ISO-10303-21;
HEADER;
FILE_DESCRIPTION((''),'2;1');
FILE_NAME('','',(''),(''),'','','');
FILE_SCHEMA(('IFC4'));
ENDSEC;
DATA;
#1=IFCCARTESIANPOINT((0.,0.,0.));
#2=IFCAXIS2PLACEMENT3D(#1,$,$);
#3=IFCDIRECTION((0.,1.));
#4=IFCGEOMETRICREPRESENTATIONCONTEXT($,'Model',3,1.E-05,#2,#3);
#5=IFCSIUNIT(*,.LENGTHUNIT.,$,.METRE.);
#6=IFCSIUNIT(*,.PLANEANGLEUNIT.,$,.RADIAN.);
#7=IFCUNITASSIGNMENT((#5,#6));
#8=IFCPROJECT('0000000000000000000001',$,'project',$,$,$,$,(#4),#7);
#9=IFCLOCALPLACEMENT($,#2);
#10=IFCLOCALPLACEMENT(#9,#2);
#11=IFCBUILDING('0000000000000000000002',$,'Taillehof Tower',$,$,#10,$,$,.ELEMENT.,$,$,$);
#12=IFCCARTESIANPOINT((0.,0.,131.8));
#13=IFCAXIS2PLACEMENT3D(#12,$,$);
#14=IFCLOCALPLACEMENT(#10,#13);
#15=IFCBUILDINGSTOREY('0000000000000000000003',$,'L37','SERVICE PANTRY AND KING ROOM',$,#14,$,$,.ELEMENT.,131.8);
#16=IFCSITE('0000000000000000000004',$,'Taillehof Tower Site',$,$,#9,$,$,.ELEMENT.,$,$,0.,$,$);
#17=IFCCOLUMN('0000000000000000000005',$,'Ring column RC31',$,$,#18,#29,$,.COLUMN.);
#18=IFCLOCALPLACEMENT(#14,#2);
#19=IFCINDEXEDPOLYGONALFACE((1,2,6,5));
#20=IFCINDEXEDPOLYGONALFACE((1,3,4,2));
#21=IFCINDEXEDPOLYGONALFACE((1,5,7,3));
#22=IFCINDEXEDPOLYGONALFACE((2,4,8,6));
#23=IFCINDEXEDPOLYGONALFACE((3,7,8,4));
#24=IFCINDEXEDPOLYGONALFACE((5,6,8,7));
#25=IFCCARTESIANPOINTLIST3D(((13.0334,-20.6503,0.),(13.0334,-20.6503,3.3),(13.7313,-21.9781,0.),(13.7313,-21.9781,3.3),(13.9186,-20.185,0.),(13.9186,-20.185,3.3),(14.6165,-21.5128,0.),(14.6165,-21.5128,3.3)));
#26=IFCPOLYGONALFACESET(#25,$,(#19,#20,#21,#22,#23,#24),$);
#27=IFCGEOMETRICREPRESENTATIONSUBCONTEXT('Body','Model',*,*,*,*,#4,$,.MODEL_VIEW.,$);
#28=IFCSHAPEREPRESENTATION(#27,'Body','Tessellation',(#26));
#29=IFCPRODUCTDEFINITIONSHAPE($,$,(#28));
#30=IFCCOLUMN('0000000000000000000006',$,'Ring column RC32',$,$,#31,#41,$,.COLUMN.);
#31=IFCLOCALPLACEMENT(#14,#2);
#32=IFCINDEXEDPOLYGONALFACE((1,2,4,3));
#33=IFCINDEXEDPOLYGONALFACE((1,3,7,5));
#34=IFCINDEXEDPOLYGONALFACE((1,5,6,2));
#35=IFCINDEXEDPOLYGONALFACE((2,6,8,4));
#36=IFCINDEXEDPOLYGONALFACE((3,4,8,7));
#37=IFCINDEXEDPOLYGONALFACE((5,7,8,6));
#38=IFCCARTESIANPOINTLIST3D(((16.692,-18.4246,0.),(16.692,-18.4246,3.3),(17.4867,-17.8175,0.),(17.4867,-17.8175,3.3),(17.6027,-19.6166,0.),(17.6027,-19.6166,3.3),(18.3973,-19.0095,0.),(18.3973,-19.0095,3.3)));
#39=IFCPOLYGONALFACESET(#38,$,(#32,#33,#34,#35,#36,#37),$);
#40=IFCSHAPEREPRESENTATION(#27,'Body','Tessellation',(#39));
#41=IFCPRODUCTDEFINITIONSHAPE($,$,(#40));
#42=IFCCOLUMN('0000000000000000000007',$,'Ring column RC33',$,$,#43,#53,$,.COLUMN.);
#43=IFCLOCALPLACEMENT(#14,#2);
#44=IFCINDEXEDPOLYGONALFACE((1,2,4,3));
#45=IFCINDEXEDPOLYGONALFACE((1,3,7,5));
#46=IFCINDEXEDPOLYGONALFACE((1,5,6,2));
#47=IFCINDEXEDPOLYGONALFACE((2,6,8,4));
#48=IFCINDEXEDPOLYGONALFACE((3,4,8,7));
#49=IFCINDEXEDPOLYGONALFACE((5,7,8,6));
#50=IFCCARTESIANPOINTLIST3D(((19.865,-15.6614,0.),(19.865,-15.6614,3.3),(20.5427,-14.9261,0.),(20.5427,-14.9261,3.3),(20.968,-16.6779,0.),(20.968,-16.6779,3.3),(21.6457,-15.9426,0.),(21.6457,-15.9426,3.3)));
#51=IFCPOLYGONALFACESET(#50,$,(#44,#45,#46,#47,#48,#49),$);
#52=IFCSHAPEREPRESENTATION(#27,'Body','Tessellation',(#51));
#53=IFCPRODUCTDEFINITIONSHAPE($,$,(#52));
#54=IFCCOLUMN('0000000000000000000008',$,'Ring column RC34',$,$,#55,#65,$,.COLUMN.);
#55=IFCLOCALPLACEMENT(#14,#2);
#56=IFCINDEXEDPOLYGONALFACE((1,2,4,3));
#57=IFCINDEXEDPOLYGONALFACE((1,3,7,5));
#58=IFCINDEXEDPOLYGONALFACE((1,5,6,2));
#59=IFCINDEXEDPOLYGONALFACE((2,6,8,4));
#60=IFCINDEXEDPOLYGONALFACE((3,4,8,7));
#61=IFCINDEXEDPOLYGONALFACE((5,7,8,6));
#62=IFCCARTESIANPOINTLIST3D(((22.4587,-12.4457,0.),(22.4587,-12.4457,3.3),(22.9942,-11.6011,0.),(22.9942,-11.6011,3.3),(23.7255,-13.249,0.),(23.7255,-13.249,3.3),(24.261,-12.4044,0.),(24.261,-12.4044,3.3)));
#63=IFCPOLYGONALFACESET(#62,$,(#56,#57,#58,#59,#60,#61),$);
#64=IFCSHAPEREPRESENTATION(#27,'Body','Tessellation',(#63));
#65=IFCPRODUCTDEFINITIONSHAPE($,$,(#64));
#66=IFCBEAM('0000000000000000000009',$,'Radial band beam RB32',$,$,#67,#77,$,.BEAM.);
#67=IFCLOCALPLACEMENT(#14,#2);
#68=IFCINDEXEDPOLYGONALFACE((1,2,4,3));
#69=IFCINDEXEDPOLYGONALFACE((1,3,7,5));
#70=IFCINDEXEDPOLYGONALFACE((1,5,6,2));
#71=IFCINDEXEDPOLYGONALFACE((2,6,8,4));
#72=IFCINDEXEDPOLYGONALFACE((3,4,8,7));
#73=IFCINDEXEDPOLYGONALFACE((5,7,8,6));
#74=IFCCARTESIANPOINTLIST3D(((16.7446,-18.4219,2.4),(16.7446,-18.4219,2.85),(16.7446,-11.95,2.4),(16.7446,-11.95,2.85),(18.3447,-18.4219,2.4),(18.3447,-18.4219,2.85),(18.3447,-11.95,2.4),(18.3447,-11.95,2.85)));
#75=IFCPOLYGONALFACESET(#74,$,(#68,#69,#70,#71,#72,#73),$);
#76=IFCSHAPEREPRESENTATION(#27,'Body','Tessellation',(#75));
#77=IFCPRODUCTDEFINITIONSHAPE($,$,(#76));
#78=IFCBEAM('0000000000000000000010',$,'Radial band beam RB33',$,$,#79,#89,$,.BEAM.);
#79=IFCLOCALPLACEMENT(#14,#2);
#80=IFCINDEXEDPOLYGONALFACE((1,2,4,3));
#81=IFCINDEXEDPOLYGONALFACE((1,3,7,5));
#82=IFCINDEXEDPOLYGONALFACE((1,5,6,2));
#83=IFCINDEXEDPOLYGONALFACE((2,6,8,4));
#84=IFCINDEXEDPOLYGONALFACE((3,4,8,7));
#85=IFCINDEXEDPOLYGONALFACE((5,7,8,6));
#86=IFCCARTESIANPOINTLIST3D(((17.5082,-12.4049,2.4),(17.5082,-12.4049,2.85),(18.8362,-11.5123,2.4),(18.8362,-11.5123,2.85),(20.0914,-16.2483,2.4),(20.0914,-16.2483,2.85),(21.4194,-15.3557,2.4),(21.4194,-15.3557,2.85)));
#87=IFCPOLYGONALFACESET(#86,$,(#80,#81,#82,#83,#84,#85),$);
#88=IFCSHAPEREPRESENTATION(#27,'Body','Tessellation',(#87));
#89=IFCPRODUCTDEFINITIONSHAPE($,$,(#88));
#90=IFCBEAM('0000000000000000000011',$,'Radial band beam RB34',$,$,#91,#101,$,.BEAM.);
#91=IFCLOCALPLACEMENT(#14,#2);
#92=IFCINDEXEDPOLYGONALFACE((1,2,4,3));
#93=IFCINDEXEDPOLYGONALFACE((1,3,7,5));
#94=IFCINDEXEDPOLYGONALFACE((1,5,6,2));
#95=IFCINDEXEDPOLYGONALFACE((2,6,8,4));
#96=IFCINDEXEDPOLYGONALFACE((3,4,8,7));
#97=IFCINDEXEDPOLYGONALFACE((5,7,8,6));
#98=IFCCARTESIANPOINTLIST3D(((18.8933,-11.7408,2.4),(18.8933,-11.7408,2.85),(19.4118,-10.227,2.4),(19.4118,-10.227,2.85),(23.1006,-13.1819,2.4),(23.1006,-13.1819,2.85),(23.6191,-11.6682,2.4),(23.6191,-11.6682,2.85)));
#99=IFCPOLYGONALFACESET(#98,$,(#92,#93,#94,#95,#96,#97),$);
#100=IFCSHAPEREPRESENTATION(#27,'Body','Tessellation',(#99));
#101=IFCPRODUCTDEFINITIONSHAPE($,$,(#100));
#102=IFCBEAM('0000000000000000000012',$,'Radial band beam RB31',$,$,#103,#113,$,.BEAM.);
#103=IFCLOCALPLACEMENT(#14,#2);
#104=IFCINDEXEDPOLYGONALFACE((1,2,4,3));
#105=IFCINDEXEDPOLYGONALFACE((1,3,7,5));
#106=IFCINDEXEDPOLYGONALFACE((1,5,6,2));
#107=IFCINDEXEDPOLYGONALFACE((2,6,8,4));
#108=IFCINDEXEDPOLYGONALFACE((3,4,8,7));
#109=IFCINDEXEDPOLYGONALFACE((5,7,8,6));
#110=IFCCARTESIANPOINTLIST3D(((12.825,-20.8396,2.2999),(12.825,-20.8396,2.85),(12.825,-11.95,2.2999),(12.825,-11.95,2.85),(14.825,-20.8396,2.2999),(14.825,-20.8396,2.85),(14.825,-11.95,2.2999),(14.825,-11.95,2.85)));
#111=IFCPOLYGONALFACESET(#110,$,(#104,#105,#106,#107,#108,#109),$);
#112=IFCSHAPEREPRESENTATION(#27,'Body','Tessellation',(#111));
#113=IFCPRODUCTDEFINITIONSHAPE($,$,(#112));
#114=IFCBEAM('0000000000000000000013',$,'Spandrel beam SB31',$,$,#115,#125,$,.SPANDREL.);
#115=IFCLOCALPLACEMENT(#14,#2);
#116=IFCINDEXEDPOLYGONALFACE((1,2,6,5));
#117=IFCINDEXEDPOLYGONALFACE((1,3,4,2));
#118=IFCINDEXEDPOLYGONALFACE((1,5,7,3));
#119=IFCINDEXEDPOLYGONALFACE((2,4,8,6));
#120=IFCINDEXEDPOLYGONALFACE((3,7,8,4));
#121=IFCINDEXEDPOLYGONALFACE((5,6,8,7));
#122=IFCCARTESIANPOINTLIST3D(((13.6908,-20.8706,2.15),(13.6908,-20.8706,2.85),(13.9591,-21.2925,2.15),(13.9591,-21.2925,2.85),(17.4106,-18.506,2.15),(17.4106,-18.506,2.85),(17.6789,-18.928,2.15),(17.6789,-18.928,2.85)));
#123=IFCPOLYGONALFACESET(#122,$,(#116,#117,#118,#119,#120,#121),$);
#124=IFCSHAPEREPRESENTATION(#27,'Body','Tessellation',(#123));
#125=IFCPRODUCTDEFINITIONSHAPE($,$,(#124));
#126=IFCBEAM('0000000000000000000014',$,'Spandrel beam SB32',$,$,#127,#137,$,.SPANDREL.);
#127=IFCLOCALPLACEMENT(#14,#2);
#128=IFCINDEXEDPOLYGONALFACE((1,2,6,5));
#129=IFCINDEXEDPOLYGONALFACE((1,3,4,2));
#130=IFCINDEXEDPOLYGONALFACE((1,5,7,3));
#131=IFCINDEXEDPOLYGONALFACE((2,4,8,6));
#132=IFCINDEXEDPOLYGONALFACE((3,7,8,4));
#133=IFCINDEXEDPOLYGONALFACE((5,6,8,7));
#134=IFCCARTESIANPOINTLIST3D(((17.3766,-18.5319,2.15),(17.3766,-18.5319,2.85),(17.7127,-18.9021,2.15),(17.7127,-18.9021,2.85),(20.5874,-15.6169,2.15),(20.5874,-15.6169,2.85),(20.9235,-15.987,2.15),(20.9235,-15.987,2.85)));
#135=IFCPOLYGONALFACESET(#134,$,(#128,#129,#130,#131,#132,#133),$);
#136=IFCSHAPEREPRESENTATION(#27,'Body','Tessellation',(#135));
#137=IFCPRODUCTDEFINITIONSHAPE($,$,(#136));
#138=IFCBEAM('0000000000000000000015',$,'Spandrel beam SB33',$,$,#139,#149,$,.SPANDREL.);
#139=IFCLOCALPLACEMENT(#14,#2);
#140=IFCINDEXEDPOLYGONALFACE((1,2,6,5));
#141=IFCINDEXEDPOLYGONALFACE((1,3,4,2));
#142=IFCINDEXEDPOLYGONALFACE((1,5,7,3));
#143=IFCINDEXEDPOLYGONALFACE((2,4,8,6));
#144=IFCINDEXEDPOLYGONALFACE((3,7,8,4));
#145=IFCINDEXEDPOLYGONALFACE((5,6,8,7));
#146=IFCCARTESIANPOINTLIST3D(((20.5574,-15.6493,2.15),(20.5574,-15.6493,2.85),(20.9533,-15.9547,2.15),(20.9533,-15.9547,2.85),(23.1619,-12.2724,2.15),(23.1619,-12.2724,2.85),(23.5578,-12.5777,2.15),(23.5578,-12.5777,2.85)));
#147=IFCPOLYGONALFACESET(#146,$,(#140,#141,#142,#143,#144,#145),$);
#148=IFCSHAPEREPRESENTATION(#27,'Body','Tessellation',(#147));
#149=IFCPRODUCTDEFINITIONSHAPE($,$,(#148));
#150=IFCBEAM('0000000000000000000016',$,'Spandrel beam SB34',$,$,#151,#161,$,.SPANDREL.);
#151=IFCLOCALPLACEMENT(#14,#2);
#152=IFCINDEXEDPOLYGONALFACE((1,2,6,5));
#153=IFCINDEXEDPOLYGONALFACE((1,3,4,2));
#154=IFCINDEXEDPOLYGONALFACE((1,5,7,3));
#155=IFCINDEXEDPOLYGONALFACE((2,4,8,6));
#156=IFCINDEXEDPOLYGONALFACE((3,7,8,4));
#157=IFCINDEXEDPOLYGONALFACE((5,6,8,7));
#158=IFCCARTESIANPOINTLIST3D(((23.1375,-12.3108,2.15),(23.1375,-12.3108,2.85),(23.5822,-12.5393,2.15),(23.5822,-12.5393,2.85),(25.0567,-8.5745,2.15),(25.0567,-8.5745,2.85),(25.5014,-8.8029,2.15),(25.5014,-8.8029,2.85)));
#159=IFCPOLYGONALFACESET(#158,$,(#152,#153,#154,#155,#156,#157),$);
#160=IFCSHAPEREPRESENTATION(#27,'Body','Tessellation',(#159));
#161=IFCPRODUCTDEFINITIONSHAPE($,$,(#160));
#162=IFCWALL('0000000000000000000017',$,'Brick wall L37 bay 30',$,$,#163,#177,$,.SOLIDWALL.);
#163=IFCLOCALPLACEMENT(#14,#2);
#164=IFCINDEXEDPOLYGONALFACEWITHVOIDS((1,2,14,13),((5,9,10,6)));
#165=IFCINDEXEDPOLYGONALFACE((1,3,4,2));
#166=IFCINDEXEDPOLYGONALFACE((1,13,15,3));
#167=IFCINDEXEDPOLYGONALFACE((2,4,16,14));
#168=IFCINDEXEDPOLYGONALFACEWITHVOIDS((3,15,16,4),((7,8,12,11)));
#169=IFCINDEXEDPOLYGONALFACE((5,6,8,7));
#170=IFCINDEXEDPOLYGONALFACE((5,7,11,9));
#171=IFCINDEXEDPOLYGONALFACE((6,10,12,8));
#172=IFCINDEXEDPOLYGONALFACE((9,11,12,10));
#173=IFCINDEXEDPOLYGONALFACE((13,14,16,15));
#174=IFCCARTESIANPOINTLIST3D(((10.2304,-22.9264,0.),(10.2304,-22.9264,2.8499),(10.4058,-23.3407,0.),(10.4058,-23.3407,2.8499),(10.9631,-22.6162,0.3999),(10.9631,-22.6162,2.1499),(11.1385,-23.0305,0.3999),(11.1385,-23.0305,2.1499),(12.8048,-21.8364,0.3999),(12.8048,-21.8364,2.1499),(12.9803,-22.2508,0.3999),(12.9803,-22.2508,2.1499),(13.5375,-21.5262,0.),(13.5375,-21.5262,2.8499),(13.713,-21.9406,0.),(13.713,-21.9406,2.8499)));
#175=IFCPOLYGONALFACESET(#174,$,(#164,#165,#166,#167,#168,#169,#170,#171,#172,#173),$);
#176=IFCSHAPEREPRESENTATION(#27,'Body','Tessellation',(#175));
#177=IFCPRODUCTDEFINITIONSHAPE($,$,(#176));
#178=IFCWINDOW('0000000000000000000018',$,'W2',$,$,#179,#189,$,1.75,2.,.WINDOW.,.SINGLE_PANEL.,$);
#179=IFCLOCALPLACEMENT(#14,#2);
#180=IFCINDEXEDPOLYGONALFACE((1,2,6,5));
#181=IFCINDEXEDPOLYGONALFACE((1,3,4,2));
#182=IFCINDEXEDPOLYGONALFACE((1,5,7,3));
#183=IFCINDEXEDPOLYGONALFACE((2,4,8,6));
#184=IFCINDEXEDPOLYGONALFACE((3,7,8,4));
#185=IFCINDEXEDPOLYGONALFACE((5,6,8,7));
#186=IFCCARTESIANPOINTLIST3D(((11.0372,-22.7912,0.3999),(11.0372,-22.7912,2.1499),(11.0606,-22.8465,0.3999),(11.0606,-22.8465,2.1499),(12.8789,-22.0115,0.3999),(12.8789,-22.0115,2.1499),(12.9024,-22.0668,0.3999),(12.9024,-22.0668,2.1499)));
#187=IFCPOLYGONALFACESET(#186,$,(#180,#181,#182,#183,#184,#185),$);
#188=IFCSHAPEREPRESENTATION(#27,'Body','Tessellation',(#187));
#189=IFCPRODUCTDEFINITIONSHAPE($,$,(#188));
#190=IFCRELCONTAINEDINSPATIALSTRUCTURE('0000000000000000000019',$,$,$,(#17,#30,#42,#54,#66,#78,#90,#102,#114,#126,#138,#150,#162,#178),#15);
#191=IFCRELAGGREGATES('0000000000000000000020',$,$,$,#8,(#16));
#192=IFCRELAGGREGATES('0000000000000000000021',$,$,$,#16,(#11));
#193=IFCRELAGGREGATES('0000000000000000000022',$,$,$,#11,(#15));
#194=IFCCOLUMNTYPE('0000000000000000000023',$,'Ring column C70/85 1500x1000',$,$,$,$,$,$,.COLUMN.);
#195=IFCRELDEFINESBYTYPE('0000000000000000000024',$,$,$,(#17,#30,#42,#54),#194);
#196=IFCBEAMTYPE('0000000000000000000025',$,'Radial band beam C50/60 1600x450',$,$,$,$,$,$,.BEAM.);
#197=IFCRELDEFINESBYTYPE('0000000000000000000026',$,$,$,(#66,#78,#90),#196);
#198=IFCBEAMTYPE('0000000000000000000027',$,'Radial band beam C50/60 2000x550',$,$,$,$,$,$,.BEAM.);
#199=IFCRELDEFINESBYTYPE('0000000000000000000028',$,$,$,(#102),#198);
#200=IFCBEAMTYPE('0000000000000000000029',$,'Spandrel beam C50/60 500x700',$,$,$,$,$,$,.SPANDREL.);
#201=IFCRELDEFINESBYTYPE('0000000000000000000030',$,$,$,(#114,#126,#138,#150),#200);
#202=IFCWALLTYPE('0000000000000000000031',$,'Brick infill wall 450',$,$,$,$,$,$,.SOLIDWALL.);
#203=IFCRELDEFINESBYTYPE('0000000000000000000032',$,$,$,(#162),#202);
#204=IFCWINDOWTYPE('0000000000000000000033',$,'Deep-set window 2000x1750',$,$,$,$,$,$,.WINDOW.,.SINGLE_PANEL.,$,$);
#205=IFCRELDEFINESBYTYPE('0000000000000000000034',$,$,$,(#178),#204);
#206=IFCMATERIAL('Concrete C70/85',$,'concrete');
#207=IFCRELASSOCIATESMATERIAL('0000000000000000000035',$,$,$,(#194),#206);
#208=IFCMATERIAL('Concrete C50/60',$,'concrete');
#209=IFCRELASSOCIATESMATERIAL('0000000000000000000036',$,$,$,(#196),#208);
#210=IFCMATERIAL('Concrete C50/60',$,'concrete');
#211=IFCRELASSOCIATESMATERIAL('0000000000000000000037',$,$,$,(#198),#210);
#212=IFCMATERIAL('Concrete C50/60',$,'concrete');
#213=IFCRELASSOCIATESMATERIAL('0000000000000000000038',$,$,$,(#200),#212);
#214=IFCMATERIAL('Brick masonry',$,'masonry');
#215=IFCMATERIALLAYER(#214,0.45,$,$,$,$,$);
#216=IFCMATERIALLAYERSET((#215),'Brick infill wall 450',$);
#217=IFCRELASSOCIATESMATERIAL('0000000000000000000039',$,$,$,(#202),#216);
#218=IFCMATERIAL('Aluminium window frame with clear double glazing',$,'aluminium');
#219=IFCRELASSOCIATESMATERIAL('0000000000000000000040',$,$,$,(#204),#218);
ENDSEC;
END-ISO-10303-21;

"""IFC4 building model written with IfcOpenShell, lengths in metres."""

from ifc_helpers import new_model, si_unit, direction, frame, frame_2d, origin, origin_2d, place, context, subcontext, project, spatial, rectangle, extrude, material, layer, layer_set, material_profile, profile_set, type_object, element, fill, save


model = new_model("IFC4")

# Units and contexts
model_context = context("Model", 3, precision=1e-05, world=origin(), true_north=direction((0.0, 1.0)))
body_context = subcontext(model_context, "Body", "Model", "MODEL_VIEW")
ifc_project = project(units=[si_unit("LENGTHUNIT", "METRE"), si_unit("PLANEANGLEUNIT", "RADIAN")], contexts=[model_context])

# Site, building, storey
site_placement = place(None, origin())
site = spatial("IfcSite", under=ifc_project, at=site_placement, Name="Taillehof Tower Site", CompositionType="ELEMENT", RefElevation=0.0)
building_placement = place(site_placement, origin())
building = spatial("IfcBuilding", under=site, at=building_placement, Name="Taillehof Tower", CompositionType="ELEMENT")
storey_placement = place(building_placement, frame((0.0, 0.0, 131.8)))
storey = spatial("IfcBuildingStorey", under=building, at=storey_placement, Name="L37", Description="SERVICE PANTRY AND KING ROOM", CompositionType="ELEMENT", Elevation=131.8)

# Columns
ifc_material_1 = material(Name="Concrete C70/85", Category="concrete")
ifc_material_profile_1 = material_profile(ifc_material_1, rectangle(XDim=1.5, YDim=1.0, at=origin_2d()), Name="RC 1500x1000")
ifc_profile_set_1 = profile_set([ifc_material_profile_1], Name="Concrete C70/85")
column_type = type_object("IfcColumnType", Name="Ring column C70/85 1500x1000", PredefinedType="COLUMN", material=ifc_profile_set_1)
for number, where, z_axis, x_axis, name in (
    (1, (13.825, -21.0815, 0.0), (0.0, 0.0, 1.0), (0.465283, -0.885162, 0.0), "Ring column RC31"),
    (2, (17.5447, -18.717, 0.0), (0.0, 0.0, 1.0), (0.607074, -0.794645, 0.0), "Ring column RC32"),
    (3, (20.7554, -15.802, 0.0), (0.0, 0.0, 1.0), (0.735332, -0.677707, 0.0), "Ring column RC33"),
    (4, (23.3599, -12.425, 0.0), (0.0, 0.0, 1.0), (0.844511, -0.535537, 0.0), "Ring column RC34"),
):
    element("IfcColumn", number, at=place(storey_placement, frame(where, z_axis=z_axis, x_axis=x_axis)), inside=storey, type_object=column_type, Name=name, PredefinedType="COLUMN", context=body_context, shape_type="SweptSolid", body=[
        extrude(rectangle(XDim=1.5, YDim=1.0, at=origin_2d()), origin(), (0.0, 0.0, 1.0), 3.3),
    ])

# Beams
ifc_material_2 = material(Name="Concrete C50/60", Category="concrete")
ifc_material_profile_2 = material_profile(ifc_material_2, rectangle(XDim=1.6001, YDim=0.45, at=origin_2d()), Name="RC 1600x450")
ifc_profile_set_2 = profile_set([ifc_material_profile_2], Name="Concrete C50/60")
beam_type_1 = type_object("IfcBeamType", Name="Radial band beam C50/60 1600x450", PredefinedType="BEAM", material=ifc_profile_set_2)
beam_1_placement = place(storey_placement, frame((17.5447, -18.4219, 2.625), z_axis=(0.0, 1.0, 0.0), x_axis=(-1.0, 0.0, 0.0)))
element("IfcBeam", 5, at=beam_1_placement, inside=storey, type_object=beam_type_1, Name="Radial band beam RB32", PredefinedType="BEAM", context=body_context, shape_type="SweptSolid", body=[
    extrude(rectangle(XDim=1.6001, YDim=0.45, at=origin_2d()), origin(), (0.0, 0.0, 1.0), 6.4719),
])
beam_2_placement = place(storey_placement, frame((20.7554, -15.802, 2.625), z_axis=(-0.557823, 0.82996, 0.0), x_axis=(-0.82996, -0.557823, 0.0)))
element("IfcBeam", 6, at=beam_2_placement, inside=storey, type_object=beam_type_1, Name="Radial band beam RB33", PredefinedType="BEAM", context=body_context, shape_type="SweptSolid", body=[
    extrude(rectangle(XDim=1.6001, YDim=0.45, at=origin_2d()), origin(), (0.0, 0.0, 1.0), 4.6309),
])
beam_3_placement = place(storey_placement, frame((23.3599, -12.425, 2.625), z_axis=(-0.946038, 0.324056, 0.0), x_axis=(-0.324056, -0.946038, 0.0)))
element("IfcBeam", 7, at=beam_3_placement, inside=storey, type_object=beam_type_1, Name="Radial band beam RB34", PredefinedType="BEAM", context=body_context, shape_type="SweptSolid", body=[
    extrude(rectangle(XDim=1.6001, YDim=0.45, at=origin_2d()), origin(), (0.0, 0.0, 1.0), 4.4473),
])
ifc_material_3 = material(Name="Concrete C50/60", Category="concrete")
ifc_material_profile_3 = material_profile(ifc_material_3, rectangle(XDim=2.0, YDim=0.55, at=origin_2d()), Name="RC 2000x550")
ifc_profile_set_3 = profile_set([ifc_material_profile_3], Name="Concrete C50/60")
beam_type_2 = type_object("IfcBeamType", Name="Radial band beam C50/60 2000x550", PredefinedType="BEAM", material=ifc_profile_set_3)
beam_4_placement = place(storey_placement, frame((13.825, -20.8396, 2.575), z_axis=(0.0, 1.0, 0.0), x_axis=(-1.0, 0.0, 0.0)))
element("IfcBeam", 8, at=beam_4_placement, inside=storey, type_object=beam_type_2, Name="Radial band beam RB31", PredefinedType="BEAM", context=body_context, shape_type="SweptSolid", body=[
    extrude(rectangle(XDim=2.0, YDim=0.55, at=origin_2d()), origin(), (0.0, 0.0, 1.0), 8.8896),
])
ifc_material_4 = material(Name="Concrete C50/60", Category="concrete")
ifc_material_profile_4 = material_profile(ifc_material_4, rectangle(XDim=0.5, YDim=0.7, at=origin_2d()), Name="RC 500x700")
ifc_profile_set_4 = profile_set([ifc_material_profile_4], Name="Concrete C50/60")
beam_type_3 = type_object("IfcBeamType", Name="Spandrel beam C50/60 500x700", PredefinedType="SPANDREL", material=ifc_profile_set_4)
beam_5_placement = place(storey_placement, frame((13.825, -21.0815, 2.5), z_axis=(0.843928, 0.536456, 0.0), x_axis=(-0.536456, 0.843928, 0.0)))
element("IfcBeam", 9, at=beam_5_placement, inside=storey, type_object=beam_type_3, Name="Spandrel beam SB31", PredefinedType="SPANDREL", context=body_context, shape_type="SweptSolid", body=[
    extrude(rectangle(XDim=0.5, YDim=0.7, at=origin_2d()), origin(), (0.0, 0.0, 1.0), 4.4077),
])
beam_6_placement = place(storey_placement, frame((17.5447, -18.717, 2.5), z_axis=(0.740373, 0.672196, 0.0), x_axis=(-0.672196, 0.740373, 0.0)))
element("IfcBeam", 10, at=beam_6_placement, inside=storey, type_object=beam_type_3, Name="Spandrel beam SB32", PredefinedType="SPANDREL", context=body_context, shape_type="SweptSolid", body=[
    extrude(rectangle(XDim=0.5, YDim=0.7, at=origin_2d()), origin(), (0.0, 0.0, 1.0), 4.3367),
])
beam_7_placement = place(storey_placement, frame((20.7554, -15.802, 2.5), z_axis=(0.610717, 0.791849, 0.0), x_axis=(-0.791849, 0.610717, 0.0)))
element("IfcBeam", 11, at=beam_7_placement, inside=storey, type_object=beam_type_3, Name="Spandrel beam SB33", PredefinedType="SPANDREL", context=body_context, shape_type="SweptSolid", body=[
    extrude(rectangle(XDim=0.5, YDim=0.7, at=origin_2d()), origin(), (0.0, 0.0, 1.0), 4.2646),
])
beam_8_placement = place(storey_placement, frame((23.3599, -12.425, 2.5), z_axis=(0.456905, 0.889515, 0.0), x_axis=(-0.889515, 0.456905, 0.0)))
element("IfcBeam", 12, at=beam_8_placement, inside=storey, type_object=beam_type_3, Name="Spandrel beam SB34", PredefinedType="SPANDREL", context=body_context, shape_type="SweptSolid", body=[
    extrude(rectangle(XDim=0.5, YDim=0.7, at=origin_2d()), origin(), (0.0, 0.0, 1.0), 4.2004),
])

# Wall, opening, window
ifc_material_5 = material(Name="Brick masonry", Category="masonry")
ifc_layer_1 = layer(ifc_material_5, 0.45)
ifc_layer_set_1 = layer_set([ifc_layer_1], Name="Brick infill wall 450")
wall_type_1 = type_object("IfcWallType", Name="Brick infill wall 450", PredefinedType="SOLIDWALL", material=ifc_layer_set_1)
wall_1_placement = place(storey_placement, frame((10.3181, -23.1335, 0.0), z_axis=(0.0, 0.0, 1.0), x_axis=(0.92087, 0.389871, 0.0)))
wall_1 = element("IfcWall", 13, at=wall_1_placement, inside=storey, type_object=wall_type_1, Name="Brick wall L37 bay 30", PredefinedType="SOLIDWALL", context=body_context, shape_type="SweptSolid", body=[
    extrude(rectangle(XDim=3.5913, YDim=0.45, at=frame_2d((1.7957, 0.0))), origin(), (0.0, 0.0, 1.0), 2.8499),
])
opening_1_placement = place(wall_1_placement, frame((0.7957, 0.0, 0.3999)))
opening_1 = element("IfcOpeningElement", 14, at=opening_1_placement, cuts=wall_1, PredefinedType="OPENING", context=body_context, shape_type="SweptSolid", body=[
    extrude(rectangle(XDim=2.0, YDim=1.75, at=frame_2d((1.0, 0.875))), frame((0.0, 0.2349, 0.0), z_axis=(0.0, -1.0, 0.0), x_axis=(1.0, 0.0, 0.0)), (0.0, 0.0, 1.0), 0.47),
])
ifc_material_6 = material(Name="Aluminium window frame with clear double glazing", Category="aluminium")
window_type_1 = type_object("IfcWindowType", Name="Deep-set window 2000x1750", PartitioningType="SINGLE_PANEL", PredefinedType="WINDOW", material=ifc_material_6)
window_1_placement = place(opening_1_placement, origin())
window_1 = element("IfcWindow", 15, at=window_1_placement, inside=storey, type_object=window_type_1, Name="W2", OverallHeight=1.75, OverallWidth=2.0, PartitioningType="SINGLE_PANEL", PredefinedType="WINDOW", context=body_context, shape_type="SweptSolid", body=[
    extrude(rectangle(XDim=2.0, YDim=1.75, at=frame_2d((1.0, 0.875))), frame((0.0, 0.0349, 0.0), z_axis=(0.0, -1.0, 0.0), x_axis=(1.0, 0.0, 0.0)), (0.0, 0.0, 1.0), 0.0601),
])
fill(opening_1, window_1)

save(model, "model.ifc")
